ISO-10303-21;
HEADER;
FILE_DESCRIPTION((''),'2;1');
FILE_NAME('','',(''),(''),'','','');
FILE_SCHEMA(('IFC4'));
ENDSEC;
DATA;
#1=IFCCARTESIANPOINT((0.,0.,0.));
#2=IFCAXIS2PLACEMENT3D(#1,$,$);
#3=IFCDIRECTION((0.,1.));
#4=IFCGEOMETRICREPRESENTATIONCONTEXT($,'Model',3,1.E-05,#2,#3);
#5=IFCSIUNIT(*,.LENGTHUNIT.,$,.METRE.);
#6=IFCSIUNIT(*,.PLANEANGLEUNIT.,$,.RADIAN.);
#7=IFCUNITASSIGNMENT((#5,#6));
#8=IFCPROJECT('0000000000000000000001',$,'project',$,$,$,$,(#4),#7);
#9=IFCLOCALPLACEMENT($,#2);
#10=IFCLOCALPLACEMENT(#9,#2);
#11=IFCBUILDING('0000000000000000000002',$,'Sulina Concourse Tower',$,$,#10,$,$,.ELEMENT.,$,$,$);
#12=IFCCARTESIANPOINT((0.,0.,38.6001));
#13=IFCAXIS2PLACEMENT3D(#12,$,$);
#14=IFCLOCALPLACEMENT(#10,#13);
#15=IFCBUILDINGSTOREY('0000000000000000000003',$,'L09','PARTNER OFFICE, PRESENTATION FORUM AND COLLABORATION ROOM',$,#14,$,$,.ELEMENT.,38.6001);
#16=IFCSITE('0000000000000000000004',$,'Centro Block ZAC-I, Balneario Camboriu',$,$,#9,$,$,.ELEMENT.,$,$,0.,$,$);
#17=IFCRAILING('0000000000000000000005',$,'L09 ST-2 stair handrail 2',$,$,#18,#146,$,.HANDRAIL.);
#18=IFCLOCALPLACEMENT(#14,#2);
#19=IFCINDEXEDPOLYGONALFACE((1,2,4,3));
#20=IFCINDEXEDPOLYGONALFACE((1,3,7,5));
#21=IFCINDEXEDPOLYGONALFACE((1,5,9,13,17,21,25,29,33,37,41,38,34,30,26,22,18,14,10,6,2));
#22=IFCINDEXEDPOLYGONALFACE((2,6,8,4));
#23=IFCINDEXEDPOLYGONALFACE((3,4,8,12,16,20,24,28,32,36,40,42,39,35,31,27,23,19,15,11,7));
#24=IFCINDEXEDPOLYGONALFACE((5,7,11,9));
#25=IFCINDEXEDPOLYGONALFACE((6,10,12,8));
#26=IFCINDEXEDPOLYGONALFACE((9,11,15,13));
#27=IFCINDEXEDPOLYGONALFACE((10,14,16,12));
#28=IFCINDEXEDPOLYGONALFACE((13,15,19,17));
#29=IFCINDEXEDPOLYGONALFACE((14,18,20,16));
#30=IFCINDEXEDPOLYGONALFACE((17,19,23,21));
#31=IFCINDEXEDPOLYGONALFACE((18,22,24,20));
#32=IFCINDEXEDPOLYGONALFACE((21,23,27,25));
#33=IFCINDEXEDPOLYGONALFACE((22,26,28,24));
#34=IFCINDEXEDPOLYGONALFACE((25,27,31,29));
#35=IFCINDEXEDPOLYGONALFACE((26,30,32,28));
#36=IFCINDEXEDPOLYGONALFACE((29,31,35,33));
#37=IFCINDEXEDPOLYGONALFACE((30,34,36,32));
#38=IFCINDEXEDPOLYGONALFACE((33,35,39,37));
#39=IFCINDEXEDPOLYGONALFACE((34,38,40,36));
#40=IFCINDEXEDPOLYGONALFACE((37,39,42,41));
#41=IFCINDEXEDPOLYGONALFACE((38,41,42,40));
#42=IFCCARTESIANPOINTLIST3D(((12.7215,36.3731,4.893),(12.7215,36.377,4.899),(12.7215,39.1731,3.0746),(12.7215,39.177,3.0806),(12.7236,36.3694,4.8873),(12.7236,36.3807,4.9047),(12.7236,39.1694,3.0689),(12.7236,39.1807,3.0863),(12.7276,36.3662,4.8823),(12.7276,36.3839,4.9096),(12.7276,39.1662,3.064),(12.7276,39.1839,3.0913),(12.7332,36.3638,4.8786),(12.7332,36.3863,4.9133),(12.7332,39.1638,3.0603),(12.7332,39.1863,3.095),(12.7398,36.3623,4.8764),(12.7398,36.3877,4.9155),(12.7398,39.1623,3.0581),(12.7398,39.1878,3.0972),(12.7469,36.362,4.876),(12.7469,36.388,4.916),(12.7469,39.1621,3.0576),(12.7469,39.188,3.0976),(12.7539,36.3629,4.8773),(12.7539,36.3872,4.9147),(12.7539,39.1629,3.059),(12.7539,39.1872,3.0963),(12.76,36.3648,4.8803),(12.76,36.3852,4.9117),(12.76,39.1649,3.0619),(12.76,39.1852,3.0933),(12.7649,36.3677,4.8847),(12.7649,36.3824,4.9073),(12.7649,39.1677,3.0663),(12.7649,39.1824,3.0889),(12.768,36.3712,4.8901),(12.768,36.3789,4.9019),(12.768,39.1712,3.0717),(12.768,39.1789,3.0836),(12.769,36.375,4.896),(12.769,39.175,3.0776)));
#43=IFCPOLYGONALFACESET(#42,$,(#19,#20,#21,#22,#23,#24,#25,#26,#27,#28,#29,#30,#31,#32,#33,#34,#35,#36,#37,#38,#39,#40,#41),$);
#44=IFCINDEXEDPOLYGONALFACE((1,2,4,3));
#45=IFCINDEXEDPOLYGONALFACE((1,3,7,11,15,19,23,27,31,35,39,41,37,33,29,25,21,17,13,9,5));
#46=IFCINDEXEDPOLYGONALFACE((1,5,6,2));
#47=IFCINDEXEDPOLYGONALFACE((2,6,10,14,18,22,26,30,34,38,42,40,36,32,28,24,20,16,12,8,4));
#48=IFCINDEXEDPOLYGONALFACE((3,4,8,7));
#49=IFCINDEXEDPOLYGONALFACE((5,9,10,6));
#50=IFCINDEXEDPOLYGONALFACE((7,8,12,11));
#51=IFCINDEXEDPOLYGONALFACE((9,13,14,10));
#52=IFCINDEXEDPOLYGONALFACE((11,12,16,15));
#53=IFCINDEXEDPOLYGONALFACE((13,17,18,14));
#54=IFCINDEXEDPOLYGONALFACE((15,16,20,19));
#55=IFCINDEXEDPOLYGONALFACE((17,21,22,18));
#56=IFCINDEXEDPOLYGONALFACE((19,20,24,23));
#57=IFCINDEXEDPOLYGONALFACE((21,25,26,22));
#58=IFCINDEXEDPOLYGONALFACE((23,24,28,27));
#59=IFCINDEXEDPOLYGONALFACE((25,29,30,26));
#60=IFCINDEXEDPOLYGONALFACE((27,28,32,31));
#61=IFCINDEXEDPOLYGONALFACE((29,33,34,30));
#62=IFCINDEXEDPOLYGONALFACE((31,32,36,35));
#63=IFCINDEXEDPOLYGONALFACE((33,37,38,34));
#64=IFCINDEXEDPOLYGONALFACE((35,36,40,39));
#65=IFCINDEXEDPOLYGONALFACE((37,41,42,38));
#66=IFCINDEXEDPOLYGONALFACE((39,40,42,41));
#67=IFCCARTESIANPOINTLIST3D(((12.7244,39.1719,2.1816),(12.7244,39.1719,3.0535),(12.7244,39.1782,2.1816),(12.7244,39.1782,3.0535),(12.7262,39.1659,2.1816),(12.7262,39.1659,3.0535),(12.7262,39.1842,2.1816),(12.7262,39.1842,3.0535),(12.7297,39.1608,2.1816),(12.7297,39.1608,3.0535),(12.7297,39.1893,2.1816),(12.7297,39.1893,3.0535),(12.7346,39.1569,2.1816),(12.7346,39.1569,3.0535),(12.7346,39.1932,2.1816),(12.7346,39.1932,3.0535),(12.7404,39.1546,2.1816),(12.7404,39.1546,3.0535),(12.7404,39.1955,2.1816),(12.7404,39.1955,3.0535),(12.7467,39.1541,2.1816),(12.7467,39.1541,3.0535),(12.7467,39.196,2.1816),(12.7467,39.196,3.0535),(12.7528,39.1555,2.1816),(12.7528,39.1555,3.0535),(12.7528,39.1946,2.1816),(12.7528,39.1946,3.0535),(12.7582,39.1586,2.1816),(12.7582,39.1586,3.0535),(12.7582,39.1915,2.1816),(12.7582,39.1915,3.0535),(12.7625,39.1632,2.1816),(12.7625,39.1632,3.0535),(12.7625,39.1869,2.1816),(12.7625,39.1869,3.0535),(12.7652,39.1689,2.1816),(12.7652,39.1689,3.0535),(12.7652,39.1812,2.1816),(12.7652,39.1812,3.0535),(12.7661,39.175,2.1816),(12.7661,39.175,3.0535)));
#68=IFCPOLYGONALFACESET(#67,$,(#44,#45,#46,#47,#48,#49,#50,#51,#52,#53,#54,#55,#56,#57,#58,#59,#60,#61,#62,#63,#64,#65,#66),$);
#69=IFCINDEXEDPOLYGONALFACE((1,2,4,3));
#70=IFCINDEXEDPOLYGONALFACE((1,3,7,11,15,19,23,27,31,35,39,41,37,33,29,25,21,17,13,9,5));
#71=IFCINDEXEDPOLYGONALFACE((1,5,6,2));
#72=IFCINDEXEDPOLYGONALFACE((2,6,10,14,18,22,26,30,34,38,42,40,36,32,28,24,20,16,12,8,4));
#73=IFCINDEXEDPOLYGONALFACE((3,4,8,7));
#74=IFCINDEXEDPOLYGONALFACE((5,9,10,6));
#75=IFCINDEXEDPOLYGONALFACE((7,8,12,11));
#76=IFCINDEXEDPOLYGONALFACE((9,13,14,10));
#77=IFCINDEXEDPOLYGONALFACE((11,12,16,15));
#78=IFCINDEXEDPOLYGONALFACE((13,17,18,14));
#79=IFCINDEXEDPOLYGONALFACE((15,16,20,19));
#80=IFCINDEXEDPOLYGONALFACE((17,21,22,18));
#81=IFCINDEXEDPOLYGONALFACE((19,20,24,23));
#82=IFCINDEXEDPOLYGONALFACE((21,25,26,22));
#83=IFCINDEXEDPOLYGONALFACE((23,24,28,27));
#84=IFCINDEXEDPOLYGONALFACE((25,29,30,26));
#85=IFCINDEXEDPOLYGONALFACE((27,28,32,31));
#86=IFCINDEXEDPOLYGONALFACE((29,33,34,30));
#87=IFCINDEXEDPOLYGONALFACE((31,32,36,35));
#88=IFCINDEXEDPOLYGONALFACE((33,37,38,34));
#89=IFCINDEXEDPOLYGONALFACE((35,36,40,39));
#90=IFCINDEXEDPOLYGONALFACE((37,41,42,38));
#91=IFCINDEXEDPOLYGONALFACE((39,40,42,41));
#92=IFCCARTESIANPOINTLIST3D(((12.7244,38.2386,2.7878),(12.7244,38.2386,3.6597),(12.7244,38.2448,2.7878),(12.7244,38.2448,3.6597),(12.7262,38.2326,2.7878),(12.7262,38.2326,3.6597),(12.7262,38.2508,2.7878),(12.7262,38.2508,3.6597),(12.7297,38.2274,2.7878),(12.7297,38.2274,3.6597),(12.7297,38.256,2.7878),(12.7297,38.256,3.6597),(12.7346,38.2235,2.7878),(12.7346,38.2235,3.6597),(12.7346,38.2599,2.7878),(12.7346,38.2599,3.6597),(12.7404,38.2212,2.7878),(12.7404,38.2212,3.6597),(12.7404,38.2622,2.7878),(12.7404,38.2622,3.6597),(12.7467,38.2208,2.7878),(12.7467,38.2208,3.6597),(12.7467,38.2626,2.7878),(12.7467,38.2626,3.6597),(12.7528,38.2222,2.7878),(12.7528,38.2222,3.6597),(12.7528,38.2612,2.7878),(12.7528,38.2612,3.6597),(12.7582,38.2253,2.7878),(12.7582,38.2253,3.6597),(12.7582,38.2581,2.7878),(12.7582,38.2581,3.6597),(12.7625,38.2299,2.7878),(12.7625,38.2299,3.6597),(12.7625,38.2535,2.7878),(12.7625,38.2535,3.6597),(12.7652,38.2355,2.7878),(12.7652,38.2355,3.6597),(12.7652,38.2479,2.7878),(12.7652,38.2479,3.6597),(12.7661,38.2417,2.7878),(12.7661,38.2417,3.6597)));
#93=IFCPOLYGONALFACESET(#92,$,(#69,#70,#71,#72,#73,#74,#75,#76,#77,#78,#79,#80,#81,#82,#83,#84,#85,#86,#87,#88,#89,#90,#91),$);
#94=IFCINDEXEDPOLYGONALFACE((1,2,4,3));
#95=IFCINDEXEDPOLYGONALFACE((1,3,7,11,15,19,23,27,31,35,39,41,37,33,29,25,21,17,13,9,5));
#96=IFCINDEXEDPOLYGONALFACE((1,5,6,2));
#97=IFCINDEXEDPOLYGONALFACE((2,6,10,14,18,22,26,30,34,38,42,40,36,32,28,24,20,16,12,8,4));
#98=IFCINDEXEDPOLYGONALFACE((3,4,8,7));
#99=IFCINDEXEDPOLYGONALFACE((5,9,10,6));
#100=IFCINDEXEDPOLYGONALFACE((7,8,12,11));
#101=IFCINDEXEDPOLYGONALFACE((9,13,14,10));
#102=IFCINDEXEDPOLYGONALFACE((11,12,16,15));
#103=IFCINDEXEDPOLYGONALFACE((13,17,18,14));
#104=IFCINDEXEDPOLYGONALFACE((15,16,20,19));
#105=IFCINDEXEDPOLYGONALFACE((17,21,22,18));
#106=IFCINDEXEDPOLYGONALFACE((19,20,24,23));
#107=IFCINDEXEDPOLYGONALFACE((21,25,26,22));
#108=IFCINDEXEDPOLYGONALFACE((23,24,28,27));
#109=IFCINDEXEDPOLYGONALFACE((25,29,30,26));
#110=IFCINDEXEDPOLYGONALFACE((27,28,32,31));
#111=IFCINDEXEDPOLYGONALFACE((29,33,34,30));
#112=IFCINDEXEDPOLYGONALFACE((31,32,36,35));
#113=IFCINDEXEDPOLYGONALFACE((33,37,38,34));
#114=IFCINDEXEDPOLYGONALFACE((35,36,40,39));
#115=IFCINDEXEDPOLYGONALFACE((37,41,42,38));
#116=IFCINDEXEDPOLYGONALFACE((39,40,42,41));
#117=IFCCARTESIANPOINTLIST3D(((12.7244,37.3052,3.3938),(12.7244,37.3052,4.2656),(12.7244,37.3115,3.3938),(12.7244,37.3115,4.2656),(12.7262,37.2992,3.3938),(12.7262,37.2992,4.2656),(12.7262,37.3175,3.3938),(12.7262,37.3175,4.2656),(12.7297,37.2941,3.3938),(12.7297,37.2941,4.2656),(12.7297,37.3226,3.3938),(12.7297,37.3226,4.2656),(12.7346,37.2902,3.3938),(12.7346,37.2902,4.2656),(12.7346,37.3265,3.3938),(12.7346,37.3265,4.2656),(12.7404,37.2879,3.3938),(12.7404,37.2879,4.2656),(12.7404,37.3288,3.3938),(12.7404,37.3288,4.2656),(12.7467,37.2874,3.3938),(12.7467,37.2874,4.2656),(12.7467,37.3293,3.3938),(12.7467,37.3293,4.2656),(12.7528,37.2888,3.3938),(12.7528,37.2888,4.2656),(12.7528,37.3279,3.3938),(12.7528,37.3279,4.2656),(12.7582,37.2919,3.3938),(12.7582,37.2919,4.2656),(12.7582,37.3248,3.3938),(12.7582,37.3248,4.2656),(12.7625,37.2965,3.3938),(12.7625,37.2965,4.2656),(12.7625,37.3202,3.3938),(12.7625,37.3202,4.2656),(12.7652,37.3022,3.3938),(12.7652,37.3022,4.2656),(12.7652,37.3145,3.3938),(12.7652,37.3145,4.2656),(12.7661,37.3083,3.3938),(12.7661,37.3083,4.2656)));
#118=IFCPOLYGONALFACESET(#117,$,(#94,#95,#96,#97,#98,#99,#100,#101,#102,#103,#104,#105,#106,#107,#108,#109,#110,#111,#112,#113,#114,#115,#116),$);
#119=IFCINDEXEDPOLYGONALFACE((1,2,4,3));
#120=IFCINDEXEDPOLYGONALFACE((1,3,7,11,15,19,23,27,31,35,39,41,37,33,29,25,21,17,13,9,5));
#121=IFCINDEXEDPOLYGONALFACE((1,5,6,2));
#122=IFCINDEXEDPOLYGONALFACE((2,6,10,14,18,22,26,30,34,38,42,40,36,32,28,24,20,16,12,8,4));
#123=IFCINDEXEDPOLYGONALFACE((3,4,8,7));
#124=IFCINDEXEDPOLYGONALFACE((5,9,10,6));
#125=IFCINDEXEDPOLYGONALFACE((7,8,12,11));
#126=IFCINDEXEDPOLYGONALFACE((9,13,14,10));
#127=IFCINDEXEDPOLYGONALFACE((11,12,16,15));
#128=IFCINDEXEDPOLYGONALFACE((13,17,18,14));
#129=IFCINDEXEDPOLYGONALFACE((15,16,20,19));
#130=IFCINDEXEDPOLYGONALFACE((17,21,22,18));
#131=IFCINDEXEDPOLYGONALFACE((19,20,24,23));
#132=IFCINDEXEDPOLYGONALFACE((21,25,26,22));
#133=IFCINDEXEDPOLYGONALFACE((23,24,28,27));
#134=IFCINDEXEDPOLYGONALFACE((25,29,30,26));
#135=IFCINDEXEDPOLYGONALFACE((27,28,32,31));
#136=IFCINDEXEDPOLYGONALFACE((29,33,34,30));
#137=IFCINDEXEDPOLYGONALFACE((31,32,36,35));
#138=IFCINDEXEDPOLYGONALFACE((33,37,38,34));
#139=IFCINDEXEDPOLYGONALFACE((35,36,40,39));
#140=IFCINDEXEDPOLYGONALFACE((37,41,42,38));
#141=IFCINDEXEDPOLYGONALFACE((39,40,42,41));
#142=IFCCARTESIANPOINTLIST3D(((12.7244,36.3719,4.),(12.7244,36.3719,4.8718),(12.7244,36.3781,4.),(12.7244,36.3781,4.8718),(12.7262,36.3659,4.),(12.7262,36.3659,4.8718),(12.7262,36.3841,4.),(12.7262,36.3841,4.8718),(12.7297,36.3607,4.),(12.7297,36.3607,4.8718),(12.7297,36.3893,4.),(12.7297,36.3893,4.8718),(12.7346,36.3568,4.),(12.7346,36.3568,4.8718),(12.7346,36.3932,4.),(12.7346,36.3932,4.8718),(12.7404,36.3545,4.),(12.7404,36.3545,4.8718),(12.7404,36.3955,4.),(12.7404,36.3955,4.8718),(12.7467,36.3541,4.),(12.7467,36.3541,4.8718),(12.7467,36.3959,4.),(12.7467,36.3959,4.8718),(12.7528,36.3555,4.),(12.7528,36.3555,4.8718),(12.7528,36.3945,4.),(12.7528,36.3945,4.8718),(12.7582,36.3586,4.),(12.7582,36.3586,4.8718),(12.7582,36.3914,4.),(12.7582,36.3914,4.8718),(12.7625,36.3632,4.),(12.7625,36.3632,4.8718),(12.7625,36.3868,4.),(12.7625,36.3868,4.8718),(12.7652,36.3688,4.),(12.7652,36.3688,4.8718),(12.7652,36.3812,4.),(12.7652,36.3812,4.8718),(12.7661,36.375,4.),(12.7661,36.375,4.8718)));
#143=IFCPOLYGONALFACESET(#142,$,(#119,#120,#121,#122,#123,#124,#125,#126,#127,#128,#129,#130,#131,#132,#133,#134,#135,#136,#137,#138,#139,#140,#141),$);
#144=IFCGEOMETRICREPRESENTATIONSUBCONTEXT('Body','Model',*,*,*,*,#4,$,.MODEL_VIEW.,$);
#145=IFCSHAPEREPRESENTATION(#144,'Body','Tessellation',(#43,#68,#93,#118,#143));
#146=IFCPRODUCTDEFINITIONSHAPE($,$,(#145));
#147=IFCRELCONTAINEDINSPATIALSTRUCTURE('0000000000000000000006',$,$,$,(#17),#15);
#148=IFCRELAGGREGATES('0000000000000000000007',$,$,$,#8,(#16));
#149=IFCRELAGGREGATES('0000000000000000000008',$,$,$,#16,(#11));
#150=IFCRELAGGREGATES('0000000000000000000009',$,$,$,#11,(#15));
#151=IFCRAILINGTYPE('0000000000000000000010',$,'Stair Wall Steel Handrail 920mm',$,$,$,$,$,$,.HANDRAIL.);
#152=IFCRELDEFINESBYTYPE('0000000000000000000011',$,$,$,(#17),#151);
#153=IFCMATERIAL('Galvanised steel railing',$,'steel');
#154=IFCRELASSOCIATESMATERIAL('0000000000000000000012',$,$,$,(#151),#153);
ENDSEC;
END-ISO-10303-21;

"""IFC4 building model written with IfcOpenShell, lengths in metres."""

from ifc_helpers import new_model, si_unit, direction, frame, origin, origin_2d, place, context, subcontext, project, spatial, circle, extrude, material, type_object, element, save


model = new_model("IFC4")

# Units and contexts
model_context = context("Model", 3, precision=1e-05, world=origin(), true_north=direction((0.0, 1.0)))
body_context = subcontext(model_context, "Body", "Model", "MODEL_VIEW")
ifc_project = project(units=[si_unit("LENGTHUNIT", "METRE"), si_unit("PLANEANGLEUNIT", "RADIAN")], contexts=[model_context])

# Site, building, storey
site_placement = place(None, origin())
site = spatial("IfcSite", under=ifc_project, at=site_placement, Name="Centro Block ZAC-I, Balneario Camboriu", CompositionType="ELEMENT", RefElevation=0.0)
building_placement = place(site_placement, origin())
building = spatial("IfcBuilding", under=site, at=building_placement, Name="Sulina Concourse Tower", CompositionType="ELEMENT")
storey_placement = place(building_placement, frame((0.0, 0.0, 38.6001)))
storey = spatial("IfcBuildingStorey", under=building, at=storey_placement, Name="L09", Description="PARTNER OFFICE, PRESENTATION FORUM AND COLLABORATION ROOM", CompositionType="ELEMENT", Elevation=38.6001)

# Railing
ifc_material_1 = material(Name="Galvanised steel railing", Category="steel")
railing_type_1 = type_object("IfcRailingType", Name="Stair Wall Steel Handrail 920mm", PredefinedType="HANDRAIL", material=ifc_material_1)
railing_1_placement = place(storey_placement, frame((12.7451, 39.175, 2.1816)))
element("IfcRailing", 1, at=railing_1_placement, inside=storey, type_object=railing_type_1, Name="L09 ST-2 stair handrail 2", PredefinedType="HANDRAIL", context=body_context, shape_type="SweptSolid", body=[
    extrude(circle(Radius=0.0239, at=origin_2d()), frame((0.0, 0.0, 0.896), z_axis=(0.0, -0.838672, 0.544636), x_axis=(1.0, 0.0, 0.0)), (0.0, 0.0, 1.0), 3.3386),
    extrude(circle(Radius=0.021, at=origin_2d()), origin(), (0.0, 0.0, 1.0), 0.8718),
    extrude(circle(Radius=0.021, at=origin_2d()), frame((0.0, -0.9333, 0.6062)), (0.0, 0.0, 1.0), 0.8718),
    extrude(circle(Radius=0.021, at=origin_2d()), frame((0.0, -1.8667, 1.2122)), (0.0, 0.0, 1.0), 0.8718),
    extrude(circle(Radius=0.021, at=origin_2d()), frame((0.0, -2.8, 1.8184)), (0.0, 0.0, 1.0), 0.8718),
])

save(model, "model.ifc")
